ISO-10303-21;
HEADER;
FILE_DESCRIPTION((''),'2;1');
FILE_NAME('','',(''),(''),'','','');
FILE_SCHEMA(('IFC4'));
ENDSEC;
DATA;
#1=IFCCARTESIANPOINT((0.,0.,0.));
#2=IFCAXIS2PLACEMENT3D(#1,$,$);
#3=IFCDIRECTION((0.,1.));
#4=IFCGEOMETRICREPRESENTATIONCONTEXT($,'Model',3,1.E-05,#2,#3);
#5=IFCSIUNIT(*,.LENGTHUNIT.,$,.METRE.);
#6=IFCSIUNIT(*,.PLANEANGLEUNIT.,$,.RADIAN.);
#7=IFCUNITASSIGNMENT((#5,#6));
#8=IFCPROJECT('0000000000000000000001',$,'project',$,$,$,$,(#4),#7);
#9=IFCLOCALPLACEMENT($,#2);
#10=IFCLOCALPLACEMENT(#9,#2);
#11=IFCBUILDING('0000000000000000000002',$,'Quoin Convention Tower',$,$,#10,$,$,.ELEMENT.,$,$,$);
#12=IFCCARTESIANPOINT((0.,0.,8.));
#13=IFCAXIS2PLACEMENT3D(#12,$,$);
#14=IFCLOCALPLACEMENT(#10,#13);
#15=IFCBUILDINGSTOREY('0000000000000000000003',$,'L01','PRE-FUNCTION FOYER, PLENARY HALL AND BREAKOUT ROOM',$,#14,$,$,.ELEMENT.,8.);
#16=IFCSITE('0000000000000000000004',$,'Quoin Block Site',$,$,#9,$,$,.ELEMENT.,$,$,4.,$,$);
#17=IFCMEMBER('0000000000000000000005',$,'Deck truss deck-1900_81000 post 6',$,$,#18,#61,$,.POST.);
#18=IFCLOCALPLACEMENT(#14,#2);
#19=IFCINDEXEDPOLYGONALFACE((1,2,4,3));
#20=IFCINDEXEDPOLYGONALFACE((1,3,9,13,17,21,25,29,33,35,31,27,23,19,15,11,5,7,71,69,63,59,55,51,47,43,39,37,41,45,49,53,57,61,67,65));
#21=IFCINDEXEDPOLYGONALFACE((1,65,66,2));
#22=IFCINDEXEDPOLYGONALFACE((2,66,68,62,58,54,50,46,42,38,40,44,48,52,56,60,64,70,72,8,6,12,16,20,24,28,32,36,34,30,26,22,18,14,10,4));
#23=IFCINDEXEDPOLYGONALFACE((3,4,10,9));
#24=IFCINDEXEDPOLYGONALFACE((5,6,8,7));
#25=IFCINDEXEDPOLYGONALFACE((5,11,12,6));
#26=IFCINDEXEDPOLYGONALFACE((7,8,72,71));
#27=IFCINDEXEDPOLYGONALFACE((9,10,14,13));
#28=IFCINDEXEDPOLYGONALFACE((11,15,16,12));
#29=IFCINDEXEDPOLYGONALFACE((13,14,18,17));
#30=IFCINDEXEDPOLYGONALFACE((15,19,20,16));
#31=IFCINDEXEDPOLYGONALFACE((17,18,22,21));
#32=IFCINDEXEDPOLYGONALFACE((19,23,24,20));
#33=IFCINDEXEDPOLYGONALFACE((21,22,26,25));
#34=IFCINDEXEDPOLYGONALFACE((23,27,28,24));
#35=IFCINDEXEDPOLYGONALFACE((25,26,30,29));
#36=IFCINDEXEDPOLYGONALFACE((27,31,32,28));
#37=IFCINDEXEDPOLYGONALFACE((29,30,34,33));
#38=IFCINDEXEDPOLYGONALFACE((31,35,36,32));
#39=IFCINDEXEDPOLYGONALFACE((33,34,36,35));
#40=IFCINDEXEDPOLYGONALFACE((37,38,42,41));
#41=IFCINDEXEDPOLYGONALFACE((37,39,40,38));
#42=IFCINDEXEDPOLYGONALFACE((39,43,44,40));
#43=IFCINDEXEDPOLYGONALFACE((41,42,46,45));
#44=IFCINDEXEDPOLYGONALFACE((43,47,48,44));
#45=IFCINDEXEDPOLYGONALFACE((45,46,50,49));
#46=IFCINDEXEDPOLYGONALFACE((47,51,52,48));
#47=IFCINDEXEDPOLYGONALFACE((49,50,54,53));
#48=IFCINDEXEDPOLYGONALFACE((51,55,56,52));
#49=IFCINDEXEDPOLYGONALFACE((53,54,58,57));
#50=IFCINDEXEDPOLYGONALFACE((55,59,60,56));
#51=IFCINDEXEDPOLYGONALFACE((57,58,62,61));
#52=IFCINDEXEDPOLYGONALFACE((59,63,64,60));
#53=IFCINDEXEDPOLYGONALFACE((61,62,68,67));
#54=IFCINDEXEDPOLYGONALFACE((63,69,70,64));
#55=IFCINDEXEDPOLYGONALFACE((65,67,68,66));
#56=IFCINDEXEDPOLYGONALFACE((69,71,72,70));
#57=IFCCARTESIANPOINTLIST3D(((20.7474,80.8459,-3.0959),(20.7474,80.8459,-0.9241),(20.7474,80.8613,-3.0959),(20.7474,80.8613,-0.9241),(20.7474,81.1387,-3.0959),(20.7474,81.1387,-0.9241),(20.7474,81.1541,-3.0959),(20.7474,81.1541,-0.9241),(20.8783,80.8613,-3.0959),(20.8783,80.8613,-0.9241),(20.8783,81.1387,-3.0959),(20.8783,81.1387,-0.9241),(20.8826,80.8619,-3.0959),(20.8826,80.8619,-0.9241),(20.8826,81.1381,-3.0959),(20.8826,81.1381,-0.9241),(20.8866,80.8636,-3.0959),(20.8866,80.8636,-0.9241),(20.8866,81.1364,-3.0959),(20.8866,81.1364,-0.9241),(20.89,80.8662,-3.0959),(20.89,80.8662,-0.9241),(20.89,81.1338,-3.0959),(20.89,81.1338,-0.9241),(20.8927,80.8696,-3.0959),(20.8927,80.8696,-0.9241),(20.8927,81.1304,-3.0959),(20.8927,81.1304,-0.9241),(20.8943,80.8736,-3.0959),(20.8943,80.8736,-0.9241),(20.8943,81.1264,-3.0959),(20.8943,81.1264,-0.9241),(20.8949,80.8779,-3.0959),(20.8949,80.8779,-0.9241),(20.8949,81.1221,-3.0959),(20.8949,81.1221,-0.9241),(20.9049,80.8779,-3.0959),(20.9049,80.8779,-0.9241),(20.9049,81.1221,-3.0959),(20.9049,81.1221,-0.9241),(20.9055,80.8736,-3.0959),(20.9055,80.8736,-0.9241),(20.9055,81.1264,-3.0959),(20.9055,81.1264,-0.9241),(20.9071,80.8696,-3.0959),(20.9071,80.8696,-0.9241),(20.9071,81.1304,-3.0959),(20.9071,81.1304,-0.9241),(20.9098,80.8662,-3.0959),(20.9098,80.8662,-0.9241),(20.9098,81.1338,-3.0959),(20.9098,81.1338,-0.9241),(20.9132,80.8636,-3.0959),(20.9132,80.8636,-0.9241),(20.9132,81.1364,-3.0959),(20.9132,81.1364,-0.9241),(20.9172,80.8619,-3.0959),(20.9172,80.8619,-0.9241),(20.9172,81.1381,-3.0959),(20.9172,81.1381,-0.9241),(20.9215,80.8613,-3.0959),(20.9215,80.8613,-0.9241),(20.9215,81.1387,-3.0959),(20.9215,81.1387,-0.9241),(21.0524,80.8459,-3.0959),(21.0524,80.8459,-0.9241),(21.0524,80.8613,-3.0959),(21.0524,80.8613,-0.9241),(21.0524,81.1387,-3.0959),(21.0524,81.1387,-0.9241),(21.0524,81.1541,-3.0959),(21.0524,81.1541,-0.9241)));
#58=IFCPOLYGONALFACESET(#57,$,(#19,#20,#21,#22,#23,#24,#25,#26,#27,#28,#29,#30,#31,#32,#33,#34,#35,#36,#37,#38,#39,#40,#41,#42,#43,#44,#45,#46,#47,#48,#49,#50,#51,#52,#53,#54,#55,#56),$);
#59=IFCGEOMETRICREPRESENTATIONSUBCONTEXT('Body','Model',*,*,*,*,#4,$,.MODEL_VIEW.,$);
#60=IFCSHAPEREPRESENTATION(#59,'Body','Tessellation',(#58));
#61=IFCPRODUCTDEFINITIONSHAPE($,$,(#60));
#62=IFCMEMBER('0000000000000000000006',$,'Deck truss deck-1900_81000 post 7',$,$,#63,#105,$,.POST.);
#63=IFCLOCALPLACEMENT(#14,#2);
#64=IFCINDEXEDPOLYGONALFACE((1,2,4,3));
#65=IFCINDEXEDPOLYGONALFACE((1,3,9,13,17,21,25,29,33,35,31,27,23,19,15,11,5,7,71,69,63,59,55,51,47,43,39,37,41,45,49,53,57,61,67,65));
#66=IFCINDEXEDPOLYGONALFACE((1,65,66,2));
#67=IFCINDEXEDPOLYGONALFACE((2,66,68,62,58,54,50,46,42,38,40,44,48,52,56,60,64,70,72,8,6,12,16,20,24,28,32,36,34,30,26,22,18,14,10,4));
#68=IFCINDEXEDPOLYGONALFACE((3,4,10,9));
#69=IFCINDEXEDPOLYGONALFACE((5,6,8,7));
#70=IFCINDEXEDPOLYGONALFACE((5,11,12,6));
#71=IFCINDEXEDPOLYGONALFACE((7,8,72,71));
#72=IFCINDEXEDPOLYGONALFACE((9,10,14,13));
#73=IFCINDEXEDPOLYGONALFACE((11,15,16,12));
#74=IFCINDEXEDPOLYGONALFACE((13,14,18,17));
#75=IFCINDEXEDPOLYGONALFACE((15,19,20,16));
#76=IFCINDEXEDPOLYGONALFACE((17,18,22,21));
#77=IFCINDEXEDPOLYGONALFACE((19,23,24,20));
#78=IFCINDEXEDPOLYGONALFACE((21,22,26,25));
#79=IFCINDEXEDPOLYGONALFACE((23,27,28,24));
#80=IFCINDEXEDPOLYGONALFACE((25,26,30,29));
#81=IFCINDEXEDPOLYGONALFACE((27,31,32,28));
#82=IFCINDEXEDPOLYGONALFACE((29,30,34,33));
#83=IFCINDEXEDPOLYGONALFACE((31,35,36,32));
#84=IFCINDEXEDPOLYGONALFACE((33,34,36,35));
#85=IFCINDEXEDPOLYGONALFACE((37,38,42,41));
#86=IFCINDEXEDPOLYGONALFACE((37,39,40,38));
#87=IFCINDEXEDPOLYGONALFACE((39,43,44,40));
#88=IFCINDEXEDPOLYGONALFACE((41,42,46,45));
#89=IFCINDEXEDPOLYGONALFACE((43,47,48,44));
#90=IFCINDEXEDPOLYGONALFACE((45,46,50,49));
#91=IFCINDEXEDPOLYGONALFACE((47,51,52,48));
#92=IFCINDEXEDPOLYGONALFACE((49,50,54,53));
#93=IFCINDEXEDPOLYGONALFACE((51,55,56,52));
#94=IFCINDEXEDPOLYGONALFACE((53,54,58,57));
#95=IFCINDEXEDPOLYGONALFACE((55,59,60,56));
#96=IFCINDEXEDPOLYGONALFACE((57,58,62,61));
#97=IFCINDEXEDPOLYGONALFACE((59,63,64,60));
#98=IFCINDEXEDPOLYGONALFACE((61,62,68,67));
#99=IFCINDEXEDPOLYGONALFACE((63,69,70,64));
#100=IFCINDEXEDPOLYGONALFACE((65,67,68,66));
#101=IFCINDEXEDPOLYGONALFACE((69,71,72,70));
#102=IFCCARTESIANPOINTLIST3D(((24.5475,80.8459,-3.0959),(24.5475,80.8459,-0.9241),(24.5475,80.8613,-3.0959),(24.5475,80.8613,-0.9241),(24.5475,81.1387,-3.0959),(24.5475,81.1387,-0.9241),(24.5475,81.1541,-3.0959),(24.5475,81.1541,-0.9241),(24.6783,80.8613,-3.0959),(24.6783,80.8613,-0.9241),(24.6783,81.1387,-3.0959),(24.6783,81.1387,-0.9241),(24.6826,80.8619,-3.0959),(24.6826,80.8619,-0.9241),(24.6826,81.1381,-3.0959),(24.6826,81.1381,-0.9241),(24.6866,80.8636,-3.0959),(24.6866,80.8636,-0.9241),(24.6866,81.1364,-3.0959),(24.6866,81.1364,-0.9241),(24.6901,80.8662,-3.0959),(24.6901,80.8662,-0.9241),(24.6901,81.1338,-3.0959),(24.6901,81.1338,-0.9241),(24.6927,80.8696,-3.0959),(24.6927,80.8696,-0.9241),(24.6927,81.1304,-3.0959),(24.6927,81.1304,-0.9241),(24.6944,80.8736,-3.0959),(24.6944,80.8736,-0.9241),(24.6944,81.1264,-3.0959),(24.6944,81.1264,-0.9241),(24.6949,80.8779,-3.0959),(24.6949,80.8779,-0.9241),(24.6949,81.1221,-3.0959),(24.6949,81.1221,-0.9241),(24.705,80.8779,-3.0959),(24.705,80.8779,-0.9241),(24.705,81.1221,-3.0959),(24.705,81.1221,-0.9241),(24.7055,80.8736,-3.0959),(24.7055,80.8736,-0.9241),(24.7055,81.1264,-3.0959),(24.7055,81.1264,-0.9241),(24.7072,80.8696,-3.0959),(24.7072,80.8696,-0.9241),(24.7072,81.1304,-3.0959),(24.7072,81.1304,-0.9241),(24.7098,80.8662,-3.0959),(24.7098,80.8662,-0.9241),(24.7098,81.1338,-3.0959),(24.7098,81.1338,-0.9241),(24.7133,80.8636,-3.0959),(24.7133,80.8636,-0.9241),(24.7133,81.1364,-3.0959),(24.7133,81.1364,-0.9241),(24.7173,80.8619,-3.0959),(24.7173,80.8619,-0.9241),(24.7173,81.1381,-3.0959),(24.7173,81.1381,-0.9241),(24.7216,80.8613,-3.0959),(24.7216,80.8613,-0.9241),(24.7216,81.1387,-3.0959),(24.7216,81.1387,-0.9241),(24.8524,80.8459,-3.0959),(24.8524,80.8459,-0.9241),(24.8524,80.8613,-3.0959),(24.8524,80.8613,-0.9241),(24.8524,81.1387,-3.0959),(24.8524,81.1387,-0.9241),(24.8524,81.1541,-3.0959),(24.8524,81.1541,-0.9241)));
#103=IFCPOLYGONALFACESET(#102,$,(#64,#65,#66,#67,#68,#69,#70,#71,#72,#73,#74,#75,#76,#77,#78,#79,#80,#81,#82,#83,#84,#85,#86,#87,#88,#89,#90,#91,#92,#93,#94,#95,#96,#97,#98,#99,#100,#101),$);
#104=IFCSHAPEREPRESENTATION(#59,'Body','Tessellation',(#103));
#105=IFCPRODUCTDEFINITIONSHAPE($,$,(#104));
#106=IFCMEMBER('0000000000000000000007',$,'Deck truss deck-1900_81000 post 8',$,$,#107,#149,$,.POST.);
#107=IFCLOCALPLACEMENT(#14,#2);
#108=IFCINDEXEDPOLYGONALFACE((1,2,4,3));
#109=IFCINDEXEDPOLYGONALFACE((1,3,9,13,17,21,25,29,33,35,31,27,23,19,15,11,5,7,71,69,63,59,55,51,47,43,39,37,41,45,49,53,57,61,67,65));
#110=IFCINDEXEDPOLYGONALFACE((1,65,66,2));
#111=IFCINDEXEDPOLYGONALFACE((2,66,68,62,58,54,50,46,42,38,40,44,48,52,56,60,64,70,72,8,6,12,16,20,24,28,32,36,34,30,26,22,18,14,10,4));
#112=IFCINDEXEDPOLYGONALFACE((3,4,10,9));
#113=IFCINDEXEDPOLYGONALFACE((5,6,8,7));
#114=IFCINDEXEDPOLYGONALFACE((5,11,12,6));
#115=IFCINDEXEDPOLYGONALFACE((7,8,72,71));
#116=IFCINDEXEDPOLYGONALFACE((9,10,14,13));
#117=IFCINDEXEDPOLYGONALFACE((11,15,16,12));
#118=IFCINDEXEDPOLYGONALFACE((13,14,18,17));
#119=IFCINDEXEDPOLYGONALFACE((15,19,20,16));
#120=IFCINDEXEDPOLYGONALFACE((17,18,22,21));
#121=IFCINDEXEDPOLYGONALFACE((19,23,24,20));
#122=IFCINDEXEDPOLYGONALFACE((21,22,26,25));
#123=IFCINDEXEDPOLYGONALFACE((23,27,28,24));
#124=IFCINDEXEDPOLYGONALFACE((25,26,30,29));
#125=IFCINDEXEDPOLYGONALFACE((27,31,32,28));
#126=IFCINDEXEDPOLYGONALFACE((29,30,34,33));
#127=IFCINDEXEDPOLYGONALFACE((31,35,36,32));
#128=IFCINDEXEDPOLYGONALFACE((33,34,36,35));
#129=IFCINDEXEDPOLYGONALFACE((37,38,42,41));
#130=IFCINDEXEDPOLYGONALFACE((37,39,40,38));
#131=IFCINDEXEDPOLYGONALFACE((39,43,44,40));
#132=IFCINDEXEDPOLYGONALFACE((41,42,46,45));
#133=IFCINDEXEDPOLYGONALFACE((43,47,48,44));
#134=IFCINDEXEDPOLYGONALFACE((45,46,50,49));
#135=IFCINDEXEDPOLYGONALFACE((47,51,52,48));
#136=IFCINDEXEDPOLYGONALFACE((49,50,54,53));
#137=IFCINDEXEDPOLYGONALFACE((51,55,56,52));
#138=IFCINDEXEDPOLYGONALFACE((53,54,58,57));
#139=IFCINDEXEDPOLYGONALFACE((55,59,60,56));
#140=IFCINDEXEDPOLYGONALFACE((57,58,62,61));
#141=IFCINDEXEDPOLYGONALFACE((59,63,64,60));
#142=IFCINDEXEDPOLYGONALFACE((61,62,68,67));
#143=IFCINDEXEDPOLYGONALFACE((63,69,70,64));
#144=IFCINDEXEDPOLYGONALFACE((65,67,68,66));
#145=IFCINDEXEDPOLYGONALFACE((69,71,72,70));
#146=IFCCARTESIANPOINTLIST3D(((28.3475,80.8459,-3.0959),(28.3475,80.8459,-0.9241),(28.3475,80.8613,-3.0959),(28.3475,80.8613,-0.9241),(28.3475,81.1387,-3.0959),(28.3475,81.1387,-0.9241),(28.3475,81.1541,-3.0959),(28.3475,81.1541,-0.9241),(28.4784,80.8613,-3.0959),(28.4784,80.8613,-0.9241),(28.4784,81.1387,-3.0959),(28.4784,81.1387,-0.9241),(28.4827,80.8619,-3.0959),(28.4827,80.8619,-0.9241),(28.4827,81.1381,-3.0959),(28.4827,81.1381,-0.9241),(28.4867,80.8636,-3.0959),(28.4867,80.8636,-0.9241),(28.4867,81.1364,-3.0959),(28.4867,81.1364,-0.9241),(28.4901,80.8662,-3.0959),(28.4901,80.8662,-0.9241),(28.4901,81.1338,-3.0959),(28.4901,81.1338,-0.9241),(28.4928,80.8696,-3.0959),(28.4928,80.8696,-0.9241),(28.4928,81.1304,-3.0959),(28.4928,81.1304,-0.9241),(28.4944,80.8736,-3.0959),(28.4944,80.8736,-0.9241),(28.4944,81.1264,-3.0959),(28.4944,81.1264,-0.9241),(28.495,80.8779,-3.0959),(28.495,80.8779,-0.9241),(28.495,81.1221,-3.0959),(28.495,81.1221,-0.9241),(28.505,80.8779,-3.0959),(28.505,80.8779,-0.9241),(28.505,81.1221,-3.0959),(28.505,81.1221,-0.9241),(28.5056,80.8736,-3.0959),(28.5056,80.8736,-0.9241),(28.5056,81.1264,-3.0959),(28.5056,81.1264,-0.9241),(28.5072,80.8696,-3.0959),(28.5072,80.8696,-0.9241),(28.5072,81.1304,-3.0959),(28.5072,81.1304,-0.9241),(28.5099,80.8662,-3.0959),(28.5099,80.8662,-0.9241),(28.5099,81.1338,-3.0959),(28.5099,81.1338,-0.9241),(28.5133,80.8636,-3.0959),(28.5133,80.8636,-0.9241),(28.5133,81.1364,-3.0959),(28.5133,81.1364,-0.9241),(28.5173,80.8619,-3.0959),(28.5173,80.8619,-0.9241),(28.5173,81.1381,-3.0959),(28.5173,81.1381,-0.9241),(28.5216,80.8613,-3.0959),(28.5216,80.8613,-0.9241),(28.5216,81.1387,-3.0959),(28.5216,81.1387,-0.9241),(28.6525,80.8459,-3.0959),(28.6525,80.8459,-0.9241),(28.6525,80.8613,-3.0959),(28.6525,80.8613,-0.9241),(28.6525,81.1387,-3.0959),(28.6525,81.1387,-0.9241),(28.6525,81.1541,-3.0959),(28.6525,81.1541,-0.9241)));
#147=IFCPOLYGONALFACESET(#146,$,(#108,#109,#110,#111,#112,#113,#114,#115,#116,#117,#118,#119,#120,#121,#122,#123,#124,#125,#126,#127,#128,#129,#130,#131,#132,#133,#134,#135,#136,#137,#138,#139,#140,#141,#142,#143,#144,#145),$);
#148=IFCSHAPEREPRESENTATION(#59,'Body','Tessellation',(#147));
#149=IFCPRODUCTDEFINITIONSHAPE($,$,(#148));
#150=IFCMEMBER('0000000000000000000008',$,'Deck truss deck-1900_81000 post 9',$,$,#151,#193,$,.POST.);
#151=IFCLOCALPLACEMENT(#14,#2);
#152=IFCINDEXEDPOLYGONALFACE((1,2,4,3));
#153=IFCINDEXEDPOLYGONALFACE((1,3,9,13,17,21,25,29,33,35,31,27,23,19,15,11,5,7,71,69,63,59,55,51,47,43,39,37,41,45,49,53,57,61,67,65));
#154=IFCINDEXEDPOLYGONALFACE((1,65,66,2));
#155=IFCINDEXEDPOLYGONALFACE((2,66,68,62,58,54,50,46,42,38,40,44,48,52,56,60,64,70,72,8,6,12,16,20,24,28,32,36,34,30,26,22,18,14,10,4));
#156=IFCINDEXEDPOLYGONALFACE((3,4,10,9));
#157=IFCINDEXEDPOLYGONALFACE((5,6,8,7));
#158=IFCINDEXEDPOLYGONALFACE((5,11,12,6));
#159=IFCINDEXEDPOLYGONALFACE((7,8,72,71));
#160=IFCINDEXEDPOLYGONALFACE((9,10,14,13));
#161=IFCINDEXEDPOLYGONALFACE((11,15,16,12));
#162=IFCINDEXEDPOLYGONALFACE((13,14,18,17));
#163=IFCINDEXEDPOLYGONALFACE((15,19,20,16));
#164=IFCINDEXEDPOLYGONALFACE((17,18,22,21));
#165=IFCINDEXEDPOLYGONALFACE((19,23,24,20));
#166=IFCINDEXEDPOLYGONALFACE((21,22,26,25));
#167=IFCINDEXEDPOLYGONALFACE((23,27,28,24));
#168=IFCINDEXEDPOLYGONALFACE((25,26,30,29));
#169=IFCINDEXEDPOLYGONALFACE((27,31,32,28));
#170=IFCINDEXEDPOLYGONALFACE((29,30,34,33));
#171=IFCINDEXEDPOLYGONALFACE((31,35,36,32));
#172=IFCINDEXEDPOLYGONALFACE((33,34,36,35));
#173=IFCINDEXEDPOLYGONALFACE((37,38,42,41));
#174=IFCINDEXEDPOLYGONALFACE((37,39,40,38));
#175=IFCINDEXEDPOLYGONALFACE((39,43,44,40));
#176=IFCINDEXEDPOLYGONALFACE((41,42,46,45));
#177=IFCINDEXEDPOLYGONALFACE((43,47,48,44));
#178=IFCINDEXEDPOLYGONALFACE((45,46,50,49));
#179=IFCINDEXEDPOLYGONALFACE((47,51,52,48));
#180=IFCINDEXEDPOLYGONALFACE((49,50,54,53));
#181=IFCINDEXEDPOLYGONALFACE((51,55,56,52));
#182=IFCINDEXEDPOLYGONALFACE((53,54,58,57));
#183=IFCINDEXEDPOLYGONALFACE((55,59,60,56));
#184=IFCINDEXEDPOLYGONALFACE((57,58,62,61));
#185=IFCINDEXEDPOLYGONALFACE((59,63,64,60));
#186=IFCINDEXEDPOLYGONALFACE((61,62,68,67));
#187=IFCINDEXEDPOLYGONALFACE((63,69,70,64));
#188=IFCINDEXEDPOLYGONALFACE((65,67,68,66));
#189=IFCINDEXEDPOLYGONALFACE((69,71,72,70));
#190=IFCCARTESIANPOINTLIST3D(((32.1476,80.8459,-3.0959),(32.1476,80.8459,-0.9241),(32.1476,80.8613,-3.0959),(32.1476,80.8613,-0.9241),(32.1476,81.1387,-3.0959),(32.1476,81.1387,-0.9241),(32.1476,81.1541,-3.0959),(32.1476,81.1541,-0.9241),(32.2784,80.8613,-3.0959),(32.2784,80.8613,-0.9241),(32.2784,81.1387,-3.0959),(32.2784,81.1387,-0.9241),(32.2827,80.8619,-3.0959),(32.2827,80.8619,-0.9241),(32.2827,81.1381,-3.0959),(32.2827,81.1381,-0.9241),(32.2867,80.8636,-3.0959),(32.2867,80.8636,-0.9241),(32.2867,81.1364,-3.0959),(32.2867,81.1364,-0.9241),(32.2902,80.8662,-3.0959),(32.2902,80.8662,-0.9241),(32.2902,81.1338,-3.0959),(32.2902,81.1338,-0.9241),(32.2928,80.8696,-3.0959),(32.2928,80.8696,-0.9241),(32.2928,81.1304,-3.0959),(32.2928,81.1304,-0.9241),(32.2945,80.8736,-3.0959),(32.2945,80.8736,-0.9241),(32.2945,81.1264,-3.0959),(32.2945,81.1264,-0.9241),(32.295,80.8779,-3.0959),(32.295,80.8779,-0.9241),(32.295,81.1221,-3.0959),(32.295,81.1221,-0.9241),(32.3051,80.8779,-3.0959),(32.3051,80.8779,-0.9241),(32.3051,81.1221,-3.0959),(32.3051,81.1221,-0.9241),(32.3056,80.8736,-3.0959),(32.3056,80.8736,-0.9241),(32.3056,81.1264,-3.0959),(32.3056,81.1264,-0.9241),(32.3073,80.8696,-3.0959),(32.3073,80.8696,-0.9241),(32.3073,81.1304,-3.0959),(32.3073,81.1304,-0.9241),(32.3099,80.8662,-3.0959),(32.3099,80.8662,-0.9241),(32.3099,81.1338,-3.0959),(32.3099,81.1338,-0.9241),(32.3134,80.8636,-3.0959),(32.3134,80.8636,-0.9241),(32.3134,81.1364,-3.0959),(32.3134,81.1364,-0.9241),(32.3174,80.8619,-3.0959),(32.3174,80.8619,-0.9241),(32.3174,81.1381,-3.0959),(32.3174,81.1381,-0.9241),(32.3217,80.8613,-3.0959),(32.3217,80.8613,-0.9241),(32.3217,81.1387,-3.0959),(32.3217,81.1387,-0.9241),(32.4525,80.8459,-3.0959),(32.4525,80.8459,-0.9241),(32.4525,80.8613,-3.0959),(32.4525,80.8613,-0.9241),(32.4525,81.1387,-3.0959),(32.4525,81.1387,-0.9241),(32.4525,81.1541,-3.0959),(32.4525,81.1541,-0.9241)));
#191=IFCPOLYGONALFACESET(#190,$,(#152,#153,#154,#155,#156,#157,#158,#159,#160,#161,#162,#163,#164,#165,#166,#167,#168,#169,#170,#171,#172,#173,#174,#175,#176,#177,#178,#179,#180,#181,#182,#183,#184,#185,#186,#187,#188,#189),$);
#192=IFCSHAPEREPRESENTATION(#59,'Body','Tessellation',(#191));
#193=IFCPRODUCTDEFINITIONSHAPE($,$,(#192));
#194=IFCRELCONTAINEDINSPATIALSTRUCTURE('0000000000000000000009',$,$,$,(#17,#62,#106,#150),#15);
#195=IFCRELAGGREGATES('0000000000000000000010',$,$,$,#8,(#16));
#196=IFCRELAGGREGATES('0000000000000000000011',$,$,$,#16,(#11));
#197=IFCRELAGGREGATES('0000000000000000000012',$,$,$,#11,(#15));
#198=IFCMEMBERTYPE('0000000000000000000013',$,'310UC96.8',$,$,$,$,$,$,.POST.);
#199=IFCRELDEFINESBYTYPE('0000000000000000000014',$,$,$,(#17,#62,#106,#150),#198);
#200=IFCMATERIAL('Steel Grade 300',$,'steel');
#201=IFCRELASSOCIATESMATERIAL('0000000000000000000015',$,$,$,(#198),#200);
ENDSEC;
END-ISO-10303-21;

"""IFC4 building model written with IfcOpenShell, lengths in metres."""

from ifc_helpers import new_model, si_unit, direction, frame, origin, origin_2d, place, context, subcontext, project, spatial, i_section, extrude, material, material_profile, profile_set, type_object, element, save


model = new_model("IFC4")

# Units and contexts
model_context = context("Model", 3, precision=1e-05, world=origin(), true_north=direction((0.0, 1.0)))
body_context = subcontext(model_context, "Body", "Model", "MODEL_VIEW")
ifc_project = project(units=[si_unit("LENGTHUNIT", "METRE"), si_unit("PLANEANGLEUNIT", "RADIAN")], contexts=[model_context])

# Site, building, storey
site_placement = place(None, origin())
site = spatial("IfcSite", under=ifc_project, at=site_placement, Name="Quoin Block Site", CompositionType="ELEMENT", RefElevation=4.0)
building_placement = place(site_placement, origin())
building = spatial("IfcBuilding", under=site, at=building_placement, Name="Quoin Convention Tower", CompositionType="ELEMENT")
storey_placement = place(building_placement, frame((0.0, 0.0, 8.0)))
storey = spatial("IfcBuildingStorey", under=building, at=storey_placement, Name="L01", Description="PRE-FUNCTION FOYER, PLENARY HALL AND BREAKOUT ROOM", CompositionType="ELEMENT", Elevation=8.0)

# Shared definitions
ifc_material_1 = material(Name="Steel Grade 300", Category="steel")

# Members
ifc_material_profile_1 = material_profile(ifc_material_1, i_section(OverallWidth=0.3049, OverallDepth=0.3081, WebThickness=0.01, FlangeThickness=0.0154, FilletRadius=0.0166, at=origin_2d()), Name="310UC96.8")
ifc_profile_set_1 = profile_set([ifc_material_profile_1], Name="Steel Grade 300")
member_type_1 = type_object("IfcMemberType", Name="310UC96.8", PredefinedType="POST", material=ifc_profile_set_1)
for number, where, z_axis, x_axis, name in (
    (1, (20.8999, 81.0, -3.0959), (0.0, 0.0, 1.0), (1.0, 0.0, 0.0), "Deck truss deck-1900_81000 post 6"),
    (2, (24.7, 81.0, -3.0959), (0.0, 0.0, 1.0), (1.0, 0.0, 0.0), "Deck truss deck-1900_81000 post 7"),
    (3, (28.5, 81.0, -3.0959), (0.0, 0.0, 1.0), (1.0, 0.0, 0.0), "Deck truss deck-1900_81000 post 8"),
    (4, (32.3, 81.0, -3.0959), (0.0, 0.0, 1.0), (1.0, 0.0, 0.0), "Deck truss deck-1900_81000 post 9"),
):
    element("IfcMember", number, at=place(storey_placement, frame(where, z_axis=z_axis, x_axis=x_axis)), inside=storey, type_object=member_type_1, Name=name, PredefinedType="POST", context=body_context, shape_type="SweptSolid", body=[
        extrude(i_section(OverallWidth=0.3049, OverallDepth=0.3081, WebThickness=0.01, FlangeThickness=0.0154, FilletRadius=0.0166, at=origin_2d()), origin(), (0.0, 0.0, 1.0), 2.1719),
    ])

save(model, "model.ifc")
